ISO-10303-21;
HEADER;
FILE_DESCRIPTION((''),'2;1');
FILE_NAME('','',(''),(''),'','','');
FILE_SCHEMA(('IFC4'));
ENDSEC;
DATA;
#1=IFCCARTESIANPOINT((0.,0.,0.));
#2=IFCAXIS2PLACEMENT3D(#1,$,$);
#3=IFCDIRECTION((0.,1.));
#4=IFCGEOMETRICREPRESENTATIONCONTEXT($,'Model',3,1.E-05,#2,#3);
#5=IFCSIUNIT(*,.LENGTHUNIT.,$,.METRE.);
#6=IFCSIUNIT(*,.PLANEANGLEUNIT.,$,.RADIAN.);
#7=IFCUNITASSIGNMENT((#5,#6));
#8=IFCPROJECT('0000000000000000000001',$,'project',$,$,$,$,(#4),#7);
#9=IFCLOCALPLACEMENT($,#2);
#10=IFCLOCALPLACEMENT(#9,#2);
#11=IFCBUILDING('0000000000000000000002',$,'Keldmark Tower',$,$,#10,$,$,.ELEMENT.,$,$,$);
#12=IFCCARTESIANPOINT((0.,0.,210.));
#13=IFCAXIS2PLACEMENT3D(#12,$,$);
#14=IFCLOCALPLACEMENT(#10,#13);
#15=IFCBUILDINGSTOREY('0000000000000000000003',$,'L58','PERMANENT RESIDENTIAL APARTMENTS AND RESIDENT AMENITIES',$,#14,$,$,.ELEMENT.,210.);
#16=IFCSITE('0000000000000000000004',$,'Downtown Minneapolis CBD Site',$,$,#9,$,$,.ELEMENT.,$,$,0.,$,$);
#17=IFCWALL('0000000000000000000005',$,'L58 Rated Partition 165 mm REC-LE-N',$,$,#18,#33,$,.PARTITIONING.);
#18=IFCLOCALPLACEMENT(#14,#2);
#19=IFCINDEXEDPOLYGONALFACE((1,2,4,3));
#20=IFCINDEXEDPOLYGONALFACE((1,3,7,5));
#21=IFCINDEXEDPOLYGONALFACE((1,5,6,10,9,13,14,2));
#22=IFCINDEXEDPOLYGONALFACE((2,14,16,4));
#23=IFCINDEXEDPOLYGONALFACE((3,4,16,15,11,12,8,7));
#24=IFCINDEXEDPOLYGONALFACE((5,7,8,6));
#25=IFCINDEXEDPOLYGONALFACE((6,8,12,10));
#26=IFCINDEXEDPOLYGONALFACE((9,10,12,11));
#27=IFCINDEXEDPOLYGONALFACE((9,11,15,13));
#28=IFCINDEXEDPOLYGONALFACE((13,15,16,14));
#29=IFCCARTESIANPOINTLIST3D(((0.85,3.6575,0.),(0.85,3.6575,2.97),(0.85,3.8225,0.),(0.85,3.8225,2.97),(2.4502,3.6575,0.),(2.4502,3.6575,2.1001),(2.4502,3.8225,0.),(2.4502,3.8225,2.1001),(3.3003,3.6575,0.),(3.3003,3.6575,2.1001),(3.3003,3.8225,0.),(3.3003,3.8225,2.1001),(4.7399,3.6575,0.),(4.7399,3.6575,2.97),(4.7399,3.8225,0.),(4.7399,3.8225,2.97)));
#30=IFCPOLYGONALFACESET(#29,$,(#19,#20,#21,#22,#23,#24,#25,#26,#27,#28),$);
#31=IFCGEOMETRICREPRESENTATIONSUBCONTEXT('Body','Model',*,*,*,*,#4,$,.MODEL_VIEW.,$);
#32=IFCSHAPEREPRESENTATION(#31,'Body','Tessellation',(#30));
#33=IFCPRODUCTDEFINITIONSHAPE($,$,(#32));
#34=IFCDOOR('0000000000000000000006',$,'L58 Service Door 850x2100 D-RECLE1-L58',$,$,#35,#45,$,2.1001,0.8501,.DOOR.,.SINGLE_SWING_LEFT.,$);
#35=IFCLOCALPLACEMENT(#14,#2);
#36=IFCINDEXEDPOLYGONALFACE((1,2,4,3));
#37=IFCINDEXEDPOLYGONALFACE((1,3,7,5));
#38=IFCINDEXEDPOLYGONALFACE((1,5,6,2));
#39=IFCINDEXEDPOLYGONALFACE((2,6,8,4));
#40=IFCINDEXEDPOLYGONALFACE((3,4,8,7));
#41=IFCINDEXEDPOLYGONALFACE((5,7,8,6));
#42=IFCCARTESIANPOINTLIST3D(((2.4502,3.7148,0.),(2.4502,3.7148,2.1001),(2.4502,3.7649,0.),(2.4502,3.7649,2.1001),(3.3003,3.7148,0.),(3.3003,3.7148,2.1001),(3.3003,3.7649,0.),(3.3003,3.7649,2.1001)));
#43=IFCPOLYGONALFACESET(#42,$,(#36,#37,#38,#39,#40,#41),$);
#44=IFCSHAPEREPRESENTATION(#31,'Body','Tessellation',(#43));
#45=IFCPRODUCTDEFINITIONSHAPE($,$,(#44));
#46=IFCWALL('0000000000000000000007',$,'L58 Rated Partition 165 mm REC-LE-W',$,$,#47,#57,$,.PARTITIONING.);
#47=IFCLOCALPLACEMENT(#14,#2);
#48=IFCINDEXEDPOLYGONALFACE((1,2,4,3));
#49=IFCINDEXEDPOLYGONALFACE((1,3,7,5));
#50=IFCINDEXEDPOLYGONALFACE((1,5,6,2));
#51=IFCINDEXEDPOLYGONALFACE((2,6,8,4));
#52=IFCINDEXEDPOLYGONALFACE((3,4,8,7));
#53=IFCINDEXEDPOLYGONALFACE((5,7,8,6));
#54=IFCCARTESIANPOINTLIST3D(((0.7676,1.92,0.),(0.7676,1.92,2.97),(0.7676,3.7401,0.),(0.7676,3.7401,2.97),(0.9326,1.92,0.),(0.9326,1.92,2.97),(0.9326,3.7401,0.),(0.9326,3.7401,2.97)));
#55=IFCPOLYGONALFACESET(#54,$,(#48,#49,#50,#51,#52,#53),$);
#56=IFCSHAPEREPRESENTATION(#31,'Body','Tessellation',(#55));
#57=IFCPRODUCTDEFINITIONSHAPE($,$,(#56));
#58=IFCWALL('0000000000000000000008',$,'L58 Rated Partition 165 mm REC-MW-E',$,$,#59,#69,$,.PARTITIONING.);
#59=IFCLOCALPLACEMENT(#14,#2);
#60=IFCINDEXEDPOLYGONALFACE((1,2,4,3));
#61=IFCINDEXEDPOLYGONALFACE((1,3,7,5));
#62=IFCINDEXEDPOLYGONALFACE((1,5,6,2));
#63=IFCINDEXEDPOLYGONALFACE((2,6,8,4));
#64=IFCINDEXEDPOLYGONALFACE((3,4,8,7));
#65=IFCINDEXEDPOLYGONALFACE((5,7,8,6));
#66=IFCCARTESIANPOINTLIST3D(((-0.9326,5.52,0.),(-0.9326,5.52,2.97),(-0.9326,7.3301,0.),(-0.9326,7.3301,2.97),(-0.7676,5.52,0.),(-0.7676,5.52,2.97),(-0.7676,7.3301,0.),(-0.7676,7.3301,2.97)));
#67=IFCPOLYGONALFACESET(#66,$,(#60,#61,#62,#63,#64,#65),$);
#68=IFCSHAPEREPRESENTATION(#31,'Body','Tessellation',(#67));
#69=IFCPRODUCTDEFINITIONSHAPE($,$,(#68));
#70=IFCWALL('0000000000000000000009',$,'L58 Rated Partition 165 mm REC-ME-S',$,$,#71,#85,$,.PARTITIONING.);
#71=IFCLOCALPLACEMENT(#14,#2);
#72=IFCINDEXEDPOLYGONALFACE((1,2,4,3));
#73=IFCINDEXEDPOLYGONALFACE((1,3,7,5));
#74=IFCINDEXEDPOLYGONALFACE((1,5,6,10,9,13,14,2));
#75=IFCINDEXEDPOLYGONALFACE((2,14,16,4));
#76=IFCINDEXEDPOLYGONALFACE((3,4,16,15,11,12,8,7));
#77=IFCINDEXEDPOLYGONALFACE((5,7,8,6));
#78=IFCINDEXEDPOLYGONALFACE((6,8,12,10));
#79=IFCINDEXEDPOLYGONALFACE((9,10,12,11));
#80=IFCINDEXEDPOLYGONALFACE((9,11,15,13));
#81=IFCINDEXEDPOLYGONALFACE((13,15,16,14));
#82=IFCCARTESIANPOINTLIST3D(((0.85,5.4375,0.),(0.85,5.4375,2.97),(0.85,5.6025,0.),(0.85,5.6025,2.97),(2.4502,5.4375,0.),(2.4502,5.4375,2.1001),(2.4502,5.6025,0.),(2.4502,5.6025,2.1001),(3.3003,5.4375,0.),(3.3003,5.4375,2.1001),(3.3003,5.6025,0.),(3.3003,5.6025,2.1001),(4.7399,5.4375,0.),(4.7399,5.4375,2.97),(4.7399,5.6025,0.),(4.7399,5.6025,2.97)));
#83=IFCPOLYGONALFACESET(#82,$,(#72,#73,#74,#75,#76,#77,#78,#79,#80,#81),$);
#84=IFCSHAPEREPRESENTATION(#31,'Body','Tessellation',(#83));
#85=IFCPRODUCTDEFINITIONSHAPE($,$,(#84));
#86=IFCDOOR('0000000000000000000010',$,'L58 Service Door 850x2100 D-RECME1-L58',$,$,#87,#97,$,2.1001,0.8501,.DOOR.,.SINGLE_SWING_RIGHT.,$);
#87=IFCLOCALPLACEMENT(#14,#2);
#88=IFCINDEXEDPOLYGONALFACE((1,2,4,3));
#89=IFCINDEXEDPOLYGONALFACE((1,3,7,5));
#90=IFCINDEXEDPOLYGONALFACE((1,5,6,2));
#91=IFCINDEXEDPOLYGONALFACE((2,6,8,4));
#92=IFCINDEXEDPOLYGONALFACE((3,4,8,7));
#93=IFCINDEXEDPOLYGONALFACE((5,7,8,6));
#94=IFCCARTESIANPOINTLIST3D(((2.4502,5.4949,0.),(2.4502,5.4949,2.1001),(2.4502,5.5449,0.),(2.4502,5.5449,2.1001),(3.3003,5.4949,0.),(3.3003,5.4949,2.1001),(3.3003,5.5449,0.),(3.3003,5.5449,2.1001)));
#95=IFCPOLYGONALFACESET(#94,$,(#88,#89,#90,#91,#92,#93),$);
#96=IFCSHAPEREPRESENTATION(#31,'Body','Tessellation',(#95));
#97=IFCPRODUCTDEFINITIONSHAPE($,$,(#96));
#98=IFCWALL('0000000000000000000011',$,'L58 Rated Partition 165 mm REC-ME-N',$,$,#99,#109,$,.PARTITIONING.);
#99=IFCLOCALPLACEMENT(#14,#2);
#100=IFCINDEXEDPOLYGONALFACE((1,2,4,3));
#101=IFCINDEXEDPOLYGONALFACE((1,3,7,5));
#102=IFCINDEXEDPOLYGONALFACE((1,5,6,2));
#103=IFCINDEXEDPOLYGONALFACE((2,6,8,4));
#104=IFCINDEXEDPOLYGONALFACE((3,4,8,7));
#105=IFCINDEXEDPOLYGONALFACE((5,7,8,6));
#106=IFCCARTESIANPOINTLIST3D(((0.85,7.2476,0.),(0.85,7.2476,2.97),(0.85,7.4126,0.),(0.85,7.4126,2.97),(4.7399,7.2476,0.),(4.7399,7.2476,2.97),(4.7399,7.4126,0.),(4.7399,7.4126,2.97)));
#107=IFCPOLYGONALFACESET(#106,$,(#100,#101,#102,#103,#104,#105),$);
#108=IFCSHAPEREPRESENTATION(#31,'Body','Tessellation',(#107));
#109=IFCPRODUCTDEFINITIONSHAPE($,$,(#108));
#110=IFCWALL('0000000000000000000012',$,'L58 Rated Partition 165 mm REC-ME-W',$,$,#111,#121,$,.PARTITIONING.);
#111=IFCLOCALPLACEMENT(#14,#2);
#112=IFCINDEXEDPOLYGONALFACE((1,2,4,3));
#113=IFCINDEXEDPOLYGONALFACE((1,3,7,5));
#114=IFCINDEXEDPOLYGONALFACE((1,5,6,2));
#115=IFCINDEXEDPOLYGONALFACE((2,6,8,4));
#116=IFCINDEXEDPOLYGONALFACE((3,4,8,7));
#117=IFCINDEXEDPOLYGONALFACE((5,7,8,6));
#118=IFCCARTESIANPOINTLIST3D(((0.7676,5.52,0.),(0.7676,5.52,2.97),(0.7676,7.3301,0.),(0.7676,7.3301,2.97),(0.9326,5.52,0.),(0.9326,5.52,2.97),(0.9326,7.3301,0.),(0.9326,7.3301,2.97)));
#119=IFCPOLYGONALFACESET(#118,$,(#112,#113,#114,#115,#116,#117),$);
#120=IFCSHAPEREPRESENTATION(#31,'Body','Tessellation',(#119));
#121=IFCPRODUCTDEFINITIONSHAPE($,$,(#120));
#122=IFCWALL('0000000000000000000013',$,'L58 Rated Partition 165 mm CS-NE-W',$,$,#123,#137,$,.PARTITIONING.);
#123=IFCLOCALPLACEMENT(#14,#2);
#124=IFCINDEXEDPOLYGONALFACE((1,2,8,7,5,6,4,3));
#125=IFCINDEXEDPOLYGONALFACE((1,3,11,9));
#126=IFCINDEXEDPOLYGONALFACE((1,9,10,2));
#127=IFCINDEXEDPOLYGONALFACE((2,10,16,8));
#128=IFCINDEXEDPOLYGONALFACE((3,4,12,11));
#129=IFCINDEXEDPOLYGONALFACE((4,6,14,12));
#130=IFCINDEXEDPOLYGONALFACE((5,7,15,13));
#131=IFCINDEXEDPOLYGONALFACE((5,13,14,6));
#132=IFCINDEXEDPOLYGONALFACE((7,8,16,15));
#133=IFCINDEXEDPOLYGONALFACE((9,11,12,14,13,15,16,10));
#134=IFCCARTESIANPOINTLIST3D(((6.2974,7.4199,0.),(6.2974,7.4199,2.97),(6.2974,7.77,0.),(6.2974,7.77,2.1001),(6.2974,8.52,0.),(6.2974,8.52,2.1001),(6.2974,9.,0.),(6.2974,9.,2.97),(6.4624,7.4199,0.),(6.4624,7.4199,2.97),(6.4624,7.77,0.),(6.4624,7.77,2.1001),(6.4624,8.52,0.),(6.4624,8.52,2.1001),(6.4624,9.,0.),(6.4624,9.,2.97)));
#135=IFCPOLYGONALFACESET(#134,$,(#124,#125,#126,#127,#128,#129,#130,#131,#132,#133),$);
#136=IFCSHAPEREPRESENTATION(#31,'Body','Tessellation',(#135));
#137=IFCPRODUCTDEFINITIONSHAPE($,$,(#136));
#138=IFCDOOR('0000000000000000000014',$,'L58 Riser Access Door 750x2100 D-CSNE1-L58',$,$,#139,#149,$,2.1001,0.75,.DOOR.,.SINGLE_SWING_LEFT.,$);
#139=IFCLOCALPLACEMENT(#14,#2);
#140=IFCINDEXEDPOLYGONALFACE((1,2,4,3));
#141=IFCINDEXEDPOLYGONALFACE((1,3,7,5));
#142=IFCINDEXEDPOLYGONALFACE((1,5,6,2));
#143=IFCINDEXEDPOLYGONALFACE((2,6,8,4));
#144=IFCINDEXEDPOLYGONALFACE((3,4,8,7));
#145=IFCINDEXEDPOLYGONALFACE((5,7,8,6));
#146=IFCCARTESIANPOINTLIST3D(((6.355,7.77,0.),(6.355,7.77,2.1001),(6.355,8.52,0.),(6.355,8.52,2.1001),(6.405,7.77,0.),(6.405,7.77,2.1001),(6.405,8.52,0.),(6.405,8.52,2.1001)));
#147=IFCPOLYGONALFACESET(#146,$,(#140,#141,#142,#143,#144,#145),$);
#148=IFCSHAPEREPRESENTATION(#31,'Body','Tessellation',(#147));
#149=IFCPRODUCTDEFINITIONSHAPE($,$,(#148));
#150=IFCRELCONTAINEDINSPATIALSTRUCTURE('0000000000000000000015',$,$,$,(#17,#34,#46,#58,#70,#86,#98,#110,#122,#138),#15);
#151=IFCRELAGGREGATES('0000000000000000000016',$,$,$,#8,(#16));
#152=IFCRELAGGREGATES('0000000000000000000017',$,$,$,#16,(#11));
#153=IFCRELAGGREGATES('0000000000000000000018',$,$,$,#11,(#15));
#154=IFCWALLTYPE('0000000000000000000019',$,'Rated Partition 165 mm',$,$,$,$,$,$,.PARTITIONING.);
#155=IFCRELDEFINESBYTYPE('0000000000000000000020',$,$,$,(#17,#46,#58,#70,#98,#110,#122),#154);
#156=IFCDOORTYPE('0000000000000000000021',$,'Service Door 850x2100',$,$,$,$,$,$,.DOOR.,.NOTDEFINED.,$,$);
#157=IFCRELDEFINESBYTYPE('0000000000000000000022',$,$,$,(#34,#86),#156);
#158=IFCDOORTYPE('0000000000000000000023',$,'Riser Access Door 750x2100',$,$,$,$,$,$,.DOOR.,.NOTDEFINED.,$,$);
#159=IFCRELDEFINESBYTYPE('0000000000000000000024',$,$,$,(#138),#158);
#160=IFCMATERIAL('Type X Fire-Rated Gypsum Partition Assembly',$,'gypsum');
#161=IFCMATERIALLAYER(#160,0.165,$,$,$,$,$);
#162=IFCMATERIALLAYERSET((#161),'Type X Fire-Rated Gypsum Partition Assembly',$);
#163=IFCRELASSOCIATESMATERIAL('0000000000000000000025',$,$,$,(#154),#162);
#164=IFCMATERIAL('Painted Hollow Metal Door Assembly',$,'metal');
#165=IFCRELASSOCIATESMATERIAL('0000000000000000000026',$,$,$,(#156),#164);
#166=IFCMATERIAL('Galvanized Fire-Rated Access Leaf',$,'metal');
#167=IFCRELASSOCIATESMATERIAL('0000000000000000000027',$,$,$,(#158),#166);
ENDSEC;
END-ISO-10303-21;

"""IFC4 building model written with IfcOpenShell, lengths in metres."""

from ifc_helpers import new_model, si_unit, direction, frame, frame_2d, origin, place, context, subcontext, project, spatial, rectangle, extrude, material, layer, layer_set, type_object, element, fill, save


model = new_model("IFC4")

# Units and contexts
model_context = context("Model", 3, precision=1e-05, world=origin(), true_north=direction((0.0, 1.0)))
body_context = subcontext(model_context, "Body", "Model", "MODEL_VIEW")
ifc_project = project(units=[si_unit("LENGTHUNIT", "METRE"), si_unit("PLANEANGLEUNIT", "RADIAN")], contexts=[model_context])

# Site, building, storey
site_placement = place(None, origin())
site = spatial("IfcSite", under=ifc_project, at=site_placement, Name="Downtown Minneapolis CBD Site", CompositionType="ELEMENT", RefElevation=0.0)
building_placement = place(site_placement, origin())
building = spatial("IfcBuilding", under=site, at=building_placement, Name="Keldmark Tower", CompositionType="ELEMENT")
storey_placement = place(building_placement, frame((0.0, 0.0, 210.0)))
storey = spatial("IfcBuildingStorey", under=building, at=storey_placement, Name="L58", Description="PERMANENT RESIDENTIAL APARTMENTS AND RESIDENT AMENITIES", CompositionType="ELEMENT", Elevation=210.0)

# Shared definitions
ifc_material_1 = material(Name="Type X Fire-Rated Gypsum Partition Assembly", Category="gypsum")
ifc_layer_1 = layer(ifc_material_1, 0.165)
ifc_layer_set_1 = layer_set([ifc_layer_1], Name="Type X Fire-Rated Gypsum Partition Assembly")
wall_type_1 = type_object("IfcWallType", Name="Rated Partition 165 mm", PredefinedType="PARTITIONING", material=ifc_layer_set_1)

# Wall, opening, door
wall_1_placement = place(storey_placement, frame((0.8501, 3.74, 0.0), z_axis=(0.0, 0.0, 1.0), x_axis=(1.0, 0.0, 0.0)))
wall_1 = element("IfcWall", 1, at=wall_1_placement, inside=storey, type_object=wall_type_1, Name="L58 Rated Partition 165 mm REC-LE-N", PredefinedType="PARTITIONING", context=body_context, shape_type="SweptSolid", body=[
    extrude(rectangle(XDim=3.8899, YDim=0.165, at=frame_2d((1.9448, 0.0))), origin(), (0.0, 0.0, 1.0), 2.97),
])
opening_1_placement = place(wall_1_placement, frame((1.6001, 0.0, 0.0)))
opening_1 = element("IfcOpeningElement", 2, at=opening_1_placement, cuts=wall_1, PredefinedType="OPENING", context=body_context, shape_type="SweptSolid", body=[
    extrude(rectangle(XDim=0.8501, YDim=2.1001, at=frame_2d((0.425, 1.05))), frame((0.0, 0.0925, 0.0), z_axis=(0.0, -1.0, 0.0), x_axis=(1.0, 0.0, 0.0)), (0.0, 0.0, 1.0), 0.1851),
])
ifc_material_2 = material(Name="Painted Hollow Metal Door Assembly", Category="metal")
door_type_1 = type_object("IfcDoorType", Name="Service Door 850x2100", OperationType="NOTDEFINED", PredefinedType="DOOR", material=ifc_material_2)
door_1_placement = place(opening_1_placement, origin())
door_1 = element("IfcDoor", 3, at=door_1_placement, inside=storey, type_object=door_type_1, Name="L58 Service Door 850x2100 D-RECLE1-L58", OperationType="SINGLE_SWING_LEFT", OverallHeight=2.1001, OverallWidth=0.8501, PredefinedType="DOOR", context=body_context, shape_type="SweptSolid", body=[
    extrude(rectangle(XDim=0.8501, YDim=2.1001, at=frame_2d((0.425, 1.05))), frame((0.0, 0.0249, 0.0), z_axis=(0.0, -1.0, 0.0), x_axis=(1.0, 0.0, 0.0)), (0.0, 0.0, 1.0), 0.05),
])
fill(opening_1, door_1)

# Walls
wall_2_placement = place(storey_placement, frame((0.8501, 1.9199, 0.0), z_axis=(0.0, 0.0, 1.0), x_axis=(0.0, 1.0, 0.0)))
element("IfcWall", 4, at=wall_2_placement, inside=storey, type_object=wall_type_1, Name="L58 Rated Partition 165 mm REC-LE-W", PredefinedType="PARTITIONING", context=body_context, shape_type="SweptSolid", body=[
    extrude(rectangle(XDim=1.8201, YDim=0.165, at=frame_2d((0.9102, 0.0))), origin(), (0.0, 0.0, 1.0), 2.97),
])
wall_3_placement = place(storey_placement, frame((-0.8501, 5.52, 0.0), z_axis=(0.0, 0.0, 1.0), x_axis=(0.0, 1.0, 0.0)))
element("IfcWall", 5, at=wall_3_placement, inside=storey, type_object=wall_type_1, Name="L58 Rated Partition 165 mm REC-MW-E", PredefinedType="PARTITIONING", context=body_context, shape_type="SweptSolid", body=[
    extrude(rectangle(XDim=1.8101, YDim=0.165, at=frame_2d((0.905, 0.0))), origin(), (0.0, 0.0, 1.0), 2.97),
])

# Wall, opening, door
wall_4_placement = place(storey_placement, frame((0.8501, 5.52, 0.0), z_axis=(0.0, 0.0, 1.0), x_axis=(1.0, 0.0, 0.0)))
wall_4 = element("IfcWall", 6, at=wall_4_placement, inside=storey, type_object=wall_type_1, Name="L58 Rated Partition 165 mm REC-ME-S", PredefinedType="PARTITIONING", context=body_context, shape_type="SweptSolid", body=[
    extrude(rectangle(XDim=3.8899, YDim=0.165, at=frame_2d((1.9448, 0.0))), origin(), (0.0, 0.0, 1.0), 2.97),
])
opening_2_placement = place(wall_4_placement, frame((1.6001, 0.0, 0.0)))
opening_2 = element("IfcOpeningElement", 7, at=opening_2_placement, cuts=wall_4, PredefinedType="OPENING", context=body_context, shape_type="SweptSolid", body=[
    extrude(rectangle(XDim=0.8501, YDim=2.1001, at=frame_2d((0.425, 1.05))), frame((0.0, 0.0925, 0.0), z_axis=(0.0, -1.0, 0.0), x_axis=(1.0, 0.0, 0.0)), (0.0, 0.0, 1.0), 0.1851),
])
door_2_placement = place(opening_2_placement, origin())
door_2 = element("IfcDoor", 8, at=door_2_placement, inside=storey, type_object=door_type_1, Name="L58 Service Door 850x2100 D-RECME1-L58", OperationType="SINGLE_SWING_RIGHT", OverallHeight=2.1001, OverallWidth=0.8501, PredefinedType="DOOR", context=body_context, shape_type="SweptSolid", body=[
    extrude(rectangle(XDim=0.8501, YDim=2.1001, at=frame_2d((0.425, 1.05))), frame((0.0, 0.0249, 0.0), z_axis=(0.0, -1.0, 0.0), x_axis=(1.0, 0.0, 0.0)), (0.0, 0.0, 1.0), 0.05),
])
fill(opening_2, door_2)

# Walls
wall_5_placement = place(storey_placement, frame((0.8501, 7.3301, 0.0), z_axis=(0.0, 0.0, 1.0), x_axis=(1.0, 0.0, 0.0)))
element("IfcWall", 9, at=wall_5_placement, inside=storey, type_object=wall_type_1, Name="L58 Rated Partition 165 mm REC-ME-N", PredefinedType="PARTITIONING", context=body_context, shape_type="SweptSolid", body=[
    extrude(rectangle(XDim=3.8899, YDim=0.165, at=frame_2d((1.9448, 0.0))), origin(), (0.0, 0.0, 1.0), 2.97),
])
wall_6_placement = place(storey_placement, frame((0.8501, 5.52, 0.0), z_axis=(0.0, 0.0, 1.0), x_axis=(0.0, 1.0, 0.0)))
element("IfcWall", 10, at=wall_6_placement, inside=storey, type_object=wall_type_1, Name="L58 Rated Partition 165 mm REC-ME-W", PredefinedType="PARTITIONING", context=body_context, shape_type="SweptSolid", body=[
    extrude(rectangle(XDim=1.8101, YDim=0.165, at=frame_2d((0.905, 0.0))), origin(), (0.0, 0.0, 1.0), 2.97),
])

# Wall, opening, door
wall_7_placement = place(storey_placement, frame((6.3799, 7.4199, 0.0), z_axis=(0.0, 0.0, 1.0), x_axis=(0.0, 1.0, 0.0)))
wall_7 = element("IfcWall", 11, at=wall_7_placement, inside=storey, type_object=wall_type_1, Name="L58 Rated Partition 165 mm CS-NE-W", PredefinedType="PARTITIONING", context=body_context, shape_type="SweptSolid", body=[
    extrude(rectangle(XDim=1.5801, YDim=0.165, at=frame_2d((0.79, 0.0))), origin(), (0.0, 0.0, 1.0), 2.97),
])
opening_3_placement = place(wall_7_placement, frame((0.3501, 0.0, 0.0)))
opening_3 = element("IfcOpeningElement", 12, at=opening_3_placement, cuts=wall_7, PredefinedType="OPENING", context=body_context, shape_type="SweptSolid", body=[
    extrude(rectangle(XDim=0.75, YDim=2.1001, at=frame_2d((0.375, 1.05))), frame((0.0, 0.0925, 0.0), z_axis=(0.0, -1.0, 0.0), x_axis=(1.0, 0.0, 0.0)), (0.0, 0.0, 1.0), 0.1851),
])
ifc_material_3 = material(Name="Galvanized Fire-Rated Access Leaf", Category="metal")
door_type_2 = type_object("IfcDoorType", Name="Riser Access Door 750x2100", OperationType="NOTDEFINED", PredefinedType="DOOR", material=ifc_material_3)
door_3_placement = place(opening_3_placement, origin())
door_3 = element("IfcDoor", 13, at=door_3_placement, inside=storey, type_object=door_type_2, Name="L58 Riser Access Door 750x2100 D-CSNE1-L58", OperationType="SINGLE_SWING_LEFT", OverallHeight=2.1001, OverallWidth=0.75, PredefinedType="DOOR", context=body_context, shape_type="SweptSolid", body=[
    extrude(rectangle(XDim=0.75, YDim=2.1001, at=frame_2d((0.375, 1.05))), frame((0.0, 0.0249, 0.0), z_axis=(0.0, -1.0, 0.0), x_axis=(1.0, 0.0, 0.0)), (0.0, 0.0, 1.0), 0.05),
])
fill(opening_3, door_3)

save(model, "model.ifc")
